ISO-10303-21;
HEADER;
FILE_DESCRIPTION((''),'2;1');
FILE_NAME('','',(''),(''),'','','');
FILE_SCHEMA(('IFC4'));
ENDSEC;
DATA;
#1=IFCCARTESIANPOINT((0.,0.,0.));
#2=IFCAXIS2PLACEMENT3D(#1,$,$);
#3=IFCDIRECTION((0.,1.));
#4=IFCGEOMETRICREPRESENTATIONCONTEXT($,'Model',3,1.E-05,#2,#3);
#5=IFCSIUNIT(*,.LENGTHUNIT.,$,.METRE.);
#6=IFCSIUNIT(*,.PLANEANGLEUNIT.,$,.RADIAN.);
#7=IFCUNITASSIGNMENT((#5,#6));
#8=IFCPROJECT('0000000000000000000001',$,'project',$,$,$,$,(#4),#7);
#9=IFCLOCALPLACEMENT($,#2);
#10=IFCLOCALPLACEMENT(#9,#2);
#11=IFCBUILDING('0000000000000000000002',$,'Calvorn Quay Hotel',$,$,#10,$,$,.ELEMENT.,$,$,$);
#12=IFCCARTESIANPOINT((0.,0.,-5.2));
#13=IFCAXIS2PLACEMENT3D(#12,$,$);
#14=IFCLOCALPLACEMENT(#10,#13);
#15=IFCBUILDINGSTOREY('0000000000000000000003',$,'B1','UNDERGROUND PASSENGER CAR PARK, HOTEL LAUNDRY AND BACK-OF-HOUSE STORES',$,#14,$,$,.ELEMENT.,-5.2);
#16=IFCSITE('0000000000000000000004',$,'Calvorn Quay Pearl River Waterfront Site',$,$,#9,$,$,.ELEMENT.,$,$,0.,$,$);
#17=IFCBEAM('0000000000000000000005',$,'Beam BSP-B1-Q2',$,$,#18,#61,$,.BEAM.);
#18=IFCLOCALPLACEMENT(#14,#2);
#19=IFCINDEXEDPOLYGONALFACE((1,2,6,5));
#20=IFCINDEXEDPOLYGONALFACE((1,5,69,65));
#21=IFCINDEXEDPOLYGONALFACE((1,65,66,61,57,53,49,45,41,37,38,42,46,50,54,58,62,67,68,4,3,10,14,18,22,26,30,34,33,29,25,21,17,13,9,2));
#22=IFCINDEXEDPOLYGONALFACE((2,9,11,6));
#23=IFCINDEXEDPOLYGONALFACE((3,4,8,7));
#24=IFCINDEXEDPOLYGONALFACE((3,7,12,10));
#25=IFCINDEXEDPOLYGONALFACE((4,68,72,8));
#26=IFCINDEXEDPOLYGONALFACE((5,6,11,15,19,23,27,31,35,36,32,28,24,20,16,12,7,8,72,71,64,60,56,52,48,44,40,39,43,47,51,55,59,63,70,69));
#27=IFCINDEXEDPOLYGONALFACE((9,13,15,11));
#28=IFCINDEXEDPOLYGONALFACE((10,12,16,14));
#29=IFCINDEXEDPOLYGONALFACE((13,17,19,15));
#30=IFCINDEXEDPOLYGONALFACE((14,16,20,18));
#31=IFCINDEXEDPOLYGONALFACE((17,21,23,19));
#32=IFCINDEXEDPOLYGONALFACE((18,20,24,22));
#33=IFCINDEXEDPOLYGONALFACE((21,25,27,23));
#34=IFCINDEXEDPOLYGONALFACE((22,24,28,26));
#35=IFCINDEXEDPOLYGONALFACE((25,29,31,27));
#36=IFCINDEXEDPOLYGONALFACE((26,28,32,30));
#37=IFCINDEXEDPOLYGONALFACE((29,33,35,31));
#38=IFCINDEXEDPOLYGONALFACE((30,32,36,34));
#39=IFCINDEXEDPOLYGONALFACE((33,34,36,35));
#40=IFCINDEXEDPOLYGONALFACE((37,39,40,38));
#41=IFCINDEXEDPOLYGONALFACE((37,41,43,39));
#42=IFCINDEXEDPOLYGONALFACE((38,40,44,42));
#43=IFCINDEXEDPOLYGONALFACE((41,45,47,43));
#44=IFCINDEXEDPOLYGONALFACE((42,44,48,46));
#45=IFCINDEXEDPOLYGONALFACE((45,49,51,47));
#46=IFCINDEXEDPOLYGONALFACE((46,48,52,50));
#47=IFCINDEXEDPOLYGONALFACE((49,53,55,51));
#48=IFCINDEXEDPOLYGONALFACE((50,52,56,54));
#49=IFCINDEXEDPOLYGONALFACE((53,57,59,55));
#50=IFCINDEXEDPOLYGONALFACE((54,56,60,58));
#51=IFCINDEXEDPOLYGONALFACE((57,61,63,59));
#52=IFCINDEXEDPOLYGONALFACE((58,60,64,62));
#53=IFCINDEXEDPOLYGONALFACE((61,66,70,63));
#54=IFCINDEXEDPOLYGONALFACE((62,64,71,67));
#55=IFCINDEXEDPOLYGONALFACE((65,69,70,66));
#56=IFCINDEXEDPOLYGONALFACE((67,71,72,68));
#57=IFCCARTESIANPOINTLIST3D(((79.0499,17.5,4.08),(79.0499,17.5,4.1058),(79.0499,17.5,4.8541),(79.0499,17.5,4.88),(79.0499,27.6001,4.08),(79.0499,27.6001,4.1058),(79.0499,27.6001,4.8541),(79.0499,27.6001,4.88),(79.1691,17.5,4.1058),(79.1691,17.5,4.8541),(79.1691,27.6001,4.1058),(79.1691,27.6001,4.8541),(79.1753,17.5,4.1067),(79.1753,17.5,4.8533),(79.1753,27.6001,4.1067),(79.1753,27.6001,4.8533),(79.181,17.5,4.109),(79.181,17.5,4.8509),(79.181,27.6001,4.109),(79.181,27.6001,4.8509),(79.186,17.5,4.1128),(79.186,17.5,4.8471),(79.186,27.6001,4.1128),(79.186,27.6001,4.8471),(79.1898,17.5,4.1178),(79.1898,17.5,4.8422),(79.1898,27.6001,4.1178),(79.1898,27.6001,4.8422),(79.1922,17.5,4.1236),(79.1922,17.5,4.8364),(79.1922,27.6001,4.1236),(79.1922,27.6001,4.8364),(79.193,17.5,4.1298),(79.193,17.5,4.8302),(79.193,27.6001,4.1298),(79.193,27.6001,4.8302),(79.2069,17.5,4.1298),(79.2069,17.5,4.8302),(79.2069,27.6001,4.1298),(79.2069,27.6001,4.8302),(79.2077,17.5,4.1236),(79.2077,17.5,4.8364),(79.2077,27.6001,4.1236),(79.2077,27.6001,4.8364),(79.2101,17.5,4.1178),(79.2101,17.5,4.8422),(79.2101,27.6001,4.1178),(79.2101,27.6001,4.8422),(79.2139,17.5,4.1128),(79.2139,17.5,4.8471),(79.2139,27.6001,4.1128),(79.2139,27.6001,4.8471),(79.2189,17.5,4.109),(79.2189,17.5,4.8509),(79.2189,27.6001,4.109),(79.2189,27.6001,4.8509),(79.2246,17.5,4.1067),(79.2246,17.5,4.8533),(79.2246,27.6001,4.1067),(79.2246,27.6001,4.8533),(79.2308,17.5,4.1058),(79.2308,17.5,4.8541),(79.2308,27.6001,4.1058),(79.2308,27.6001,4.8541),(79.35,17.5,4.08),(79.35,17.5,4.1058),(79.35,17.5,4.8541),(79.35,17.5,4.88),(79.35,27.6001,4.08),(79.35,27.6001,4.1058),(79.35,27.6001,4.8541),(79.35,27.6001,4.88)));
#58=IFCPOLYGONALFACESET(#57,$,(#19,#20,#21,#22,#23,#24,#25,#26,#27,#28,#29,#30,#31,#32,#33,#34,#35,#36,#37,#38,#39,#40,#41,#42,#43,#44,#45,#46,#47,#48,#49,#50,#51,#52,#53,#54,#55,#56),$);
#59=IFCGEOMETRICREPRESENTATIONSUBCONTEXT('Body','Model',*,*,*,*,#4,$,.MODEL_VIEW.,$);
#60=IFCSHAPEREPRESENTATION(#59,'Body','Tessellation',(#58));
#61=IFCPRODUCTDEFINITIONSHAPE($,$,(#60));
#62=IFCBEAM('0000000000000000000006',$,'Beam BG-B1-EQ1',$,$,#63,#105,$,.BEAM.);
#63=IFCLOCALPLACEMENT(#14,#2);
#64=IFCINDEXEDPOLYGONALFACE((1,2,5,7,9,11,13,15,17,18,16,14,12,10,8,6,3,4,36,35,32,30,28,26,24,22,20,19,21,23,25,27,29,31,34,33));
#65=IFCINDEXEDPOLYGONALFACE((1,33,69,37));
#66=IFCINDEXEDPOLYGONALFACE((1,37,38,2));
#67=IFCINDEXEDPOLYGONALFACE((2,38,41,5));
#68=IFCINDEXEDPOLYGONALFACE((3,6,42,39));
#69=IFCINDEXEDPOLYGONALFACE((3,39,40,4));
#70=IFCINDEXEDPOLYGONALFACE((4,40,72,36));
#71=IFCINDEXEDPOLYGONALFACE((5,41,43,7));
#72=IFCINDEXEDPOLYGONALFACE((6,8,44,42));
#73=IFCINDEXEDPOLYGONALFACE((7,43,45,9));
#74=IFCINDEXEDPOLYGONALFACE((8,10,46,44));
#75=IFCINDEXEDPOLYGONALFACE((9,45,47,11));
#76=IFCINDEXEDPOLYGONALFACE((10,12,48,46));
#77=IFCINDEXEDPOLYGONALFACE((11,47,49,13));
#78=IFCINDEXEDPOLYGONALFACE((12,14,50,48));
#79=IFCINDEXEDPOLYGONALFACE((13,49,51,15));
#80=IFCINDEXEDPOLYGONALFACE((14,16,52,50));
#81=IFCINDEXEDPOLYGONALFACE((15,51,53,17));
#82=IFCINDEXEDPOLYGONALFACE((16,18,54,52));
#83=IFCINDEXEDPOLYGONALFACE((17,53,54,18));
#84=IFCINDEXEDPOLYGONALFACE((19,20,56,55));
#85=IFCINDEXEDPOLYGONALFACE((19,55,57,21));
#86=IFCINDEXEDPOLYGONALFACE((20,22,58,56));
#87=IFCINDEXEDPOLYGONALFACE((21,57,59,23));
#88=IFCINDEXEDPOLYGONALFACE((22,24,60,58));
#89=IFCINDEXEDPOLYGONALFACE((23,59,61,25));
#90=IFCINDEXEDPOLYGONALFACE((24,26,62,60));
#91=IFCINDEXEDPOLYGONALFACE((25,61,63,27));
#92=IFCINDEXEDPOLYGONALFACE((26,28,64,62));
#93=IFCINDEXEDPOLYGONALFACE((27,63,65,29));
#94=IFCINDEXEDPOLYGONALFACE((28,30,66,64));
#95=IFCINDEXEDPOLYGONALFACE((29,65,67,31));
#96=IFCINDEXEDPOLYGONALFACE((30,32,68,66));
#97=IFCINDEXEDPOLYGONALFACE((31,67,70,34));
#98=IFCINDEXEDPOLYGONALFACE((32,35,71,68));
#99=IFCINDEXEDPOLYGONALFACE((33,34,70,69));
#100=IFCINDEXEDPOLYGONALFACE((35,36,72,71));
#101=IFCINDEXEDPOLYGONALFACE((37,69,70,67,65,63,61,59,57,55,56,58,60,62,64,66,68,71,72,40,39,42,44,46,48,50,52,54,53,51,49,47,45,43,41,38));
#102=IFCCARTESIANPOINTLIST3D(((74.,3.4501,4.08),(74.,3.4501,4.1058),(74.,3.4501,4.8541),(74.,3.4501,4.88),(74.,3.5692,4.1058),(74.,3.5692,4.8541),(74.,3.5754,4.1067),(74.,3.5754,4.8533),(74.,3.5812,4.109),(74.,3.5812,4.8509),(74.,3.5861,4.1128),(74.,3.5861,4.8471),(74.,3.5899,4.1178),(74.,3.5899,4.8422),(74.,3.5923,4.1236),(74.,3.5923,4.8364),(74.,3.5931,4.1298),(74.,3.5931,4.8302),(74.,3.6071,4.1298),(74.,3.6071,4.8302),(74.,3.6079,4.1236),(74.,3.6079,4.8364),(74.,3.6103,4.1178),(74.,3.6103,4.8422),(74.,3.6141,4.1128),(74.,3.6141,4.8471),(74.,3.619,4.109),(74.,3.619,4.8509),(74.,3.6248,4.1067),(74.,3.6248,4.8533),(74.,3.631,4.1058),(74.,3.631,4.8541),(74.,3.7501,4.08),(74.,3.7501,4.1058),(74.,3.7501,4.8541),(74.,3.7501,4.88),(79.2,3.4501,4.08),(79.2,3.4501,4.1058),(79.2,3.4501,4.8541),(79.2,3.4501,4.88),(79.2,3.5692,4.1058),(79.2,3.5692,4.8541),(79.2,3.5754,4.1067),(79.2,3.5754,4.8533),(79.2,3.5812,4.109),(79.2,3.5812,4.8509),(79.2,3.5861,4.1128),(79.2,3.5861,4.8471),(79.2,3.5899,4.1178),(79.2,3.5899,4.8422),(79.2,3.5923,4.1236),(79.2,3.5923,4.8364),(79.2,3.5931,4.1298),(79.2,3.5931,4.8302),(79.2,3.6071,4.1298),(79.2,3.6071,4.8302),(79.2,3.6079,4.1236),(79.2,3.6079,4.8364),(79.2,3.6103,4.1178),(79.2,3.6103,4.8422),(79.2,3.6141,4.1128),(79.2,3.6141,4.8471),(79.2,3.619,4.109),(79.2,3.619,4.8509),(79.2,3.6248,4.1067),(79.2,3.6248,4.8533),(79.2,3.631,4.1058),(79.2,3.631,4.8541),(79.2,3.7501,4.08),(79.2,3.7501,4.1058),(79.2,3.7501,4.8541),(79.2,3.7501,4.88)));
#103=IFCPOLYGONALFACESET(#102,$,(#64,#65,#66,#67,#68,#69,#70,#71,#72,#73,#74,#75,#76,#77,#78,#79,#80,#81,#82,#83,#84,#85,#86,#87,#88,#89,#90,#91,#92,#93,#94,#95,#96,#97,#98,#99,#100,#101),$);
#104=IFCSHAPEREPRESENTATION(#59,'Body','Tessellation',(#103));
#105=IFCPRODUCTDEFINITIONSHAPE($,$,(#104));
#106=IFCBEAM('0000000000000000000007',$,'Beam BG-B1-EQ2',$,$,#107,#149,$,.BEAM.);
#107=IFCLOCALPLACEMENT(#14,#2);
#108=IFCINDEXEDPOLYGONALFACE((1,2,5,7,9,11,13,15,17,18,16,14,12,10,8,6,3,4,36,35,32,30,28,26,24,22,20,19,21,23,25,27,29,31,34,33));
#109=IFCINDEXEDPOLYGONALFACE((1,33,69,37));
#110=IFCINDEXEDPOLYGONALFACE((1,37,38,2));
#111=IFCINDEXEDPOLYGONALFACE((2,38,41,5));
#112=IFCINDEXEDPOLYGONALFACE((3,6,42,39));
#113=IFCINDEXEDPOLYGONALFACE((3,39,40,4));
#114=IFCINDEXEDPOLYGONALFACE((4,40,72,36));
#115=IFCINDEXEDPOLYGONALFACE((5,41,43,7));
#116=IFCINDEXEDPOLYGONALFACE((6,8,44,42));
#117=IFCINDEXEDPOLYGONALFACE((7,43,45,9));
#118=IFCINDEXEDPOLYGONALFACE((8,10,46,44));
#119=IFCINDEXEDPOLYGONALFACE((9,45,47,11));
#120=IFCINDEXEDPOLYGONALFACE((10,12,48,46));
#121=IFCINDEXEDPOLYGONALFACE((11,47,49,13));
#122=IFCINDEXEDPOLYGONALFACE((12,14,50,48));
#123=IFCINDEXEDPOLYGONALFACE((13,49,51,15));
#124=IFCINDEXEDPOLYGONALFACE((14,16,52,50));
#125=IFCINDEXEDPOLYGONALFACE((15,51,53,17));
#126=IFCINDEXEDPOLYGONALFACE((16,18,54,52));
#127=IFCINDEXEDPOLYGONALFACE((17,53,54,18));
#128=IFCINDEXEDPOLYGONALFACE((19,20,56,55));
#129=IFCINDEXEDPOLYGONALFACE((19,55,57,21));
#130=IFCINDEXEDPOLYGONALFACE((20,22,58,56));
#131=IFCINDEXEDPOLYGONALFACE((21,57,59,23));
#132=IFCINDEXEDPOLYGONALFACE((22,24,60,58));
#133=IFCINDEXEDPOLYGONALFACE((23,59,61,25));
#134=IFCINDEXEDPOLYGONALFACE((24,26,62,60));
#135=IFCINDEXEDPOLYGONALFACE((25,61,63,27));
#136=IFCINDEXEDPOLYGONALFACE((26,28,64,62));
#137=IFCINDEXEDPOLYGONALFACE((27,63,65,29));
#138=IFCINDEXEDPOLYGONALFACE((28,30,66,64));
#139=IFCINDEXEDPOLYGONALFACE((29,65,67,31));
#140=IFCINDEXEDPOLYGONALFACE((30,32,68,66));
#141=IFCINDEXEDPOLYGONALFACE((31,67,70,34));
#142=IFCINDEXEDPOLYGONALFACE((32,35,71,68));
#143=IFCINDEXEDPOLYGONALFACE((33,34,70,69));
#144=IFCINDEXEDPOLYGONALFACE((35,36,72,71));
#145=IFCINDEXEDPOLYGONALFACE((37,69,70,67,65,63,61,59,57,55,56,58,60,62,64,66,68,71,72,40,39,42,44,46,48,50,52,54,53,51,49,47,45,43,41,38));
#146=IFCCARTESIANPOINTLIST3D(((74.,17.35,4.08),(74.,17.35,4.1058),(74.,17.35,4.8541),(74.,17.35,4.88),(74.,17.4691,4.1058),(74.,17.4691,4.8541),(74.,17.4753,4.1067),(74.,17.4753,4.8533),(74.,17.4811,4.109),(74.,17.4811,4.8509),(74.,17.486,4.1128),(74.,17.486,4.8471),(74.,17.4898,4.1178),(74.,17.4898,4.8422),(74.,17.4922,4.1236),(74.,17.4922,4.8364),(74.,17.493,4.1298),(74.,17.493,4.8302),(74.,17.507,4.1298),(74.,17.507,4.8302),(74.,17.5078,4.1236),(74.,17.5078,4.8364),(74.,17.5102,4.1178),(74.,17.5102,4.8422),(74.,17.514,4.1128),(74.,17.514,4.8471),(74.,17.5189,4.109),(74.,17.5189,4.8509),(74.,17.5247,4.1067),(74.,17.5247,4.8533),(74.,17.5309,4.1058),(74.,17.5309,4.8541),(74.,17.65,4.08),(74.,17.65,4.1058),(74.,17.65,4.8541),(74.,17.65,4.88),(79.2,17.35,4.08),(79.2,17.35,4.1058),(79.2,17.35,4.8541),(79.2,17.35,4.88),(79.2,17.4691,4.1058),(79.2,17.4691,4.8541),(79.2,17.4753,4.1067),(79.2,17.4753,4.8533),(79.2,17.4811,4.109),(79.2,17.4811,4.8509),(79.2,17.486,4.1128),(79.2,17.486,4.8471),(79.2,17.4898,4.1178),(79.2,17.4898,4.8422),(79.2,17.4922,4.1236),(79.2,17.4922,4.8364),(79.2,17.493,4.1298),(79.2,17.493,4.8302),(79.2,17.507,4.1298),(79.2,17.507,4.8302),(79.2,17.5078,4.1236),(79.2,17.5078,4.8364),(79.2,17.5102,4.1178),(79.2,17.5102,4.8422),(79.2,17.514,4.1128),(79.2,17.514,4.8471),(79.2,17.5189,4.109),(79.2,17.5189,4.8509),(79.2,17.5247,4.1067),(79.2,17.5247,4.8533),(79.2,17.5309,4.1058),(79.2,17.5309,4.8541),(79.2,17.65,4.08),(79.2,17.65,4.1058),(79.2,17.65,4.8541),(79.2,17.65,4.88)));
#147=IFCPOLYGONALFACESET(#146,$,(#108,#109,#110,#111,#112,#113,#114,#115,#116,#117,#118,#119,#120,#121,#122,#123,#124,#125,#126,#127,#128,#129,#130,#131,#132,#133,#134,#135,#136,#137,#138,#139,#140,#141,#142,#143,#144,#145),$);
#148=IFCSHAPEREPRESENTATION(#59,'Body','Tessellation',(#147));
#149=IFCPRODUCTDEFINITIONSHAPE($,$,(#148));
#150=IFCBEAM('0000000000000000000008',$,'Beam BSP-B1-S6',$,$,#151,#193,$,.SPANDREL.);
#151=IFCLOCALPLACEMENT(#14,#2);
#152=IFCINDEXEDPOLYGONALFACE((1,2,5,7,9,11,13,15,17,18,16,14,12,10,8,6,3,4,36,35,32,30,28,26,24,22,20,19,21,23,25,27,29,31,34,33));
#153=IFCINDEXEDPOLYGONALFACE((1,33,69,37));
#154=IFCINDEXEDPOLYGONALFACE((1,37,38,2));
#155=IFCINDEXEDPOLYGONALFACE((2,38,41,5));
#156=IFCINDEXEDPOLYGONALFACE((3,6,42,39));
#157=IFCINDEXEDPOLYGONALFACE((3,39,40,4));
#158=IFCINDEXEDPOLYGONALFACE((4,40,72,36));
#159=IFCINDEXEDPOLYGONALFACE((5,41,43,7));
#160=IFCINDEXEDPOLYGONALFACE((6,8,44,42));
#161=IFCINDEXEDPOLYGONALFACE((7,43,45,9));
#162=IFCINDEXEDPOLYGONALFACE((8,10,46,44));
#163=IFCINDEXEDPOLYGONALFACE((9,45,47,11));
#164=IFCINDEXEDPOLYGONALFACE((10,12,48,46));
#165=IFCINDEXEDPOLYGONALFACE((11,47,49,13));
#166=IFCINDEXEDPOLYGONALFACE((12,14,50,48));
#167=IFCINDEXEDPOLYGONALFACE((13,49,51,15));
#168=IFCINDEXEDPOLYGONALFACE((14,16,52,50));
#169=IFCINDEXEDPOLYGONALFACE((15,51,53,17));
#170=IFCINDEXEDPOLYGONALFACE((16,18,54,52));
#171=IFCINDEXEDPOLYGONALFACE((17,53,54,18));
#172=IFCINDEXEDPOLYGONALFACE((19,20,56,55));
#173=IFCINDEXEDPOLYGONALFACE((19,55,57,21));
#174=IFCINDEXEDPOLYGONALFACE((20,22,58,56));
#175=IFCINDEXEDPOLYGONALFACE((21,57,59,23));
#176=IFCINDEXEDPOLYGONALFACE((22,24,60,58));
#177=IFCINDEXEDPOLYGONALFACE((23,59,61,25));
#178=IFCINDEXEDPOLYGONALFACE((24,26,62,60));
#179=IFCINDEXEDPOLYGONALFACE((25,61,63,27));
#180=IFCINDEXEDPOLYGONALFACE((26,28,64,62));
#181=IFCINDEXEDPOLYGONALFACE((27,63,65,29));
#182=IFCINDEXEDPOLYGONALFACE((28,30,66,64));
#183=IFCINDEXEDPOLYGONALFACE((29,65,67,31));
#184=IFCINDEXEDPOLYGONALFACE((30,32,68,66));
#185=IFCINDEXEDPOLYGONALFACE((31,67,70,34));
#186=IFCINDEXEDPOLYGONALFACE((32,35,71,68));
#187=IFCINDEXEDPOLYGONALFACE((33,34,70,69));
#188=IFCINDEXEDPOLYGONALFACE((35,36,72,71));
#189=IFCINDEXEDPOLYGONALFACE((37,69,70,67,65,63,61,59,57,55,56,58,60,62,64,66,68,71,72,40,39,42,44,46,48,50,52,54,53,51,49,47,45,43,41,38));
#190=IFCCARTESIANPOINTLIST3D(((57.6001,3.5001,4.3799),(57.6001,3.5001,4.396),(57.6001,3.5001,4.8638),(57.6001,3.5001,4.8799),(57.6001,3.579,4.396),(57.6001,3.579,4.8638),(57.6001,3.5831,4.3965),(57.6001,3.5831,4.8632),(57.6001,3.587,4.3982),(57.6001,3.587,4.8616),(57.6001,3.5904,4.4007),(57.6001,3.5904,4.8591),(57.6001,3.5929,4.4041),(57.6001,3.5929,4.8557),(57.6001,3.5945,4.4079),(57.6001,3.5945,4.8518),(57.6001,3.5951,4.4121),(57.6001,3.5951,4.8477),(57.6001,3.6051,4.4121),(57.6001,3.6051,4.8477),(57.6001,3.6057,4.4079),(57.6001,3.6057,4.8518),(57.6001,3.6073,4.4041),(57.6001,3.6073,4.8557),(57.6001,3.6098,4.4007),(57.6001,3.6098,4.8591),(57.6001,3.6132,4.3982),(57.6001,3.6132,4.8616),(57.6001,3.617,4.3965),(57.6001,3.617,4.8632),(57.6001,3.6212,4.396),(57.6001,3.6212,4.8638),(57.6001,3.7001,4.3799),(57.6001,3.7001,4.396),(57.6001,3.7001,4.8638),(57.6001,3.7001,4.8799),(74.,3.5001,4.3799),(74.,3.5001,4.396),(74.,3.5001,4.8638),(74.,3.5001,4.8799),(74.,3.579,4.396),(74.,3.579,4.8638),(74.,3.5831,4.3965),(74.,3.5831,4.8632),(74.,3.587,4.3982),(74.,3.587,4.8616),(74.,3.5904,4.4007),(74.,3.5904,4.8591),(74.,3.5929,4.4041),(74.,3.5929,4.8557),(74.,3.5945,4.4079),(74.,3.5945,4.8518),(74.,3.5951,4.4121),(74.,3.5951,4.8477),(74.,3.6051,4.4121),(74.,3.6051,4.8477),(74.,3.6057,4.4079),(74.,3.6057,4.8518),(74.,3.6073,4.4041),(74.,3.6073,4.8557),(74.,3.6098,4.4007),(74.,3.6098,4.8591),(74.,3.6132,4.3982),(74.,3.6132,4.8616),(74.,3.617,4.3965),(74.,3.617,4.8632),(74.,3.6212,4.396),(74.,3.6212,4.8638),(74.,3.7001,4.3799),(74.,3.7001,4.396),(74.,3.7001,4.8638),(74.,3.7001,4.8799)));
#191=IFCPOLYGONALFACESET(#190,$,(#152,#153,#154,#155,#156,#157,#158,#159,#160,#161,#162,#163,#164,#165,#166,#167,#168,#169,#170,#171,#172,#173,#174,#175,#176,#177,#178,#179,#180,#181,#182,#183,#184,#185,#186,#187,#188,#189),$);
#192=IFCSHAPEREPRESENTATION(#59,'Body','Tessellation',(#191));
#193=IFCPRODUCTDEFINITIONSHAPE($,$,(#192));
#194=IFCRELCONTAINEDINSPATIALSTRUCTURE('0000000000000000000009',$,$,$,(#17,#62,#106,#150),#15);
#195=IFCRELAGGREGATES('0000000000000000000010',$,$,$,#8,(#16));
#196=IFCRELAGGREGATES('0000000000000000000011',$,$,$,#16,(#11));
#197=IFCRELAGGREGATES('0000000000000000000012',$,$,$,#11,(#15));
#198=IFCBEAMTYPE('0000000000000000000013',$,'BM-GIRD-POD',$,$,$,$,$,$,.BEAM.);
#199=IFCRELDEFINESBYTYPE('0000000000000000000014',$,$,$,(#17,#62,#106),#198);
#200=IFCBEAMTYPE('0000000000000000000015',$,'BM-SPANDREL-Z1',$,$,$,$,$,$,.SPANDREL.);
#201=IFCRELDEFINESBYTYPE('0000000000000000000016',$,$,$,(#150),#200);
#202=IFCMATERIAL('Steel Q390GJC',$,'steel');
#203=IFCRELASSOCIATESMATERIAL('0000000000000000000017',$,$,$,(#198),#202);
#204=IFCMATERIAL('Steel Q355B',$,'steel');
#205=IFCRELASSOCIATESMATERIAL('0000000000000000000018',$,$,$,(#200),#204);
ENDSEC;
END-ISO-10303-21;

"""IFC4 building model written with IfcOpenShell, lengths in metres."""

from ifc_helpers import new_model, si_unit, direction, frame, origin, origin_2d, place, context, subcontext, project, spatial, i_section, extrude, material, material_profile, profile_set, type_object, element, save


model = new_model("IFC4")

# Units and contexts
model_context = context("Model", 3, precision=1e-05, world=origin(), true_north=direction((0.0, 1.0)))
body_context = subcontext(model_context, "Body", "Model", "MODEL_VIEW")
ifc_project = project(units=[si_unit("LENGTHUNIT", "METRE"), si_unit("PLANEANGLEUNIT", "RADIAN")], contexts=[model_context])

# Site, building, storey
site_placement = place(None, origin())
site = spatial("IfcSite", under=ifc_project, at=site_placement, Name="Calvorn Quay Pearl River Waterfront Site", CompositionType="ELEMENT", RefElevation=0.0)
building_placement = place(site_placement, origin())
building = spatial("IfcBuilding", under=site, at=building_placement, Name="Calvorn Quay Hotel", CompositionType="ELEMENT")
storey_placement = place(building_placement, frame((0.0, 0.0, -5.2)))
storey = spatial("IfcBuildingStorey", under=building, at=storey_placement, Name="B1", Description="UNDERGROUND PASSENGER CAR PARK, HOTEL LAUNDRY AND BACK-OF-HOUSE STORES", CompositionType="ELEMENT", Elevation=-5.2)

# Beams
ifc_material_1 = material(Name="Steel Q390GJC", Category="steel")
ifc_material_profile_1 = material_profile(ifc_material_1, i_section(OverallWidth=0.3, OverallDepth=0.8, WebThickness=0.0139, FlangeThickness=0.0259, FilletRadius=0.0239, at=origin_2d()), Name="HN800x300x14x26")
ifc_profile_set_1 = profile_set([ifc_material_profile_1], Name="Steel Q390GJC")
beam_type_1 = type_object("IfcBeamType", Name="BM-GIRD-POD", PredefinedType="BEAM", material=ifc_profile_set_1)
beam_1_placement = place(storey_placement, frame((79.2, 17.5, 4.48), z_axis=(0.0, 1.0, 0.0), x_axis=(-1.0, 0.0, 0.0)))
element("IfcBeam", 1, at=beam_1_placement, inside=storey, type_object=beam_type_1, Name="Beam BSP-B1-Q2", PredefinedType="BEAM", context=body_context, shape_type="SweptSolid", body=[
    extrude(i_section(OverallWidth=0.3, OverallDepth=0.8, WebThickness=0.0139, FlangeThickness=0.0259, FilletRadius=0.0239, at=origin_2d()), origin(), (0.0, 0.0, 1.0), 10.1001),
])
for number, where, z_axis, x_axis, name in (
    (2, (74.0, 3.6001, 4.48), (1.0, 0.0, 0.0), (0.0, 1.0, 0.0), "Beam BG-B1-EQ1"),
    (3, (74.0, 17.5, 4.48), (1.0, 0.0, 0.0), (0.0, 1.0, 0.0), "Beam BG-B1-EQ2"),
):
    element("IfcBeam", number, at=place(storey_placement, frame(where, z_axis=z_axis, x_axis=x_axis)), inside=storey, type_object=beam_type_1, Name=name, PredefinedType="BEAM", context=body_context, shape_type="SweptSolid", body=[
        extrude(i_section(OverallWidth=0.3, OverallDepth=0.8, WebThickness=0.0139, FlangeThickness=0.0259, FilletRadius=0.0239, at=origin_2d()), origin(), (0.0, 0.0, 1.0), 5.2),
    ])
ifc_material_2 = material(Name="Steel Q355B", Category="steel")
ifc_material_profile_2 = material_profile(ifc_material_2, i_section(OverallWidth=0.2, OverallDepth=0.5, WebThickness=0.01, FlangeThickness=0.0161, FilletRadius=0.0161, at=origin_2d()), Name="HN500x200x10x16")
ifc_profile_set_2 = profile_set([ifc_material_profile_2], Name="Steel Q355B")
beam_type_2 = type_object("IfcBeamType", Name="BM-SPANDREL-Z1", PredefinedType="SPANDREL", material=ifc_profile_set_2)
beam_2_placement = place(storey_placement, frame((57.6001, 3.6001, 4.6299), z_axis=(1.0, 0.0, 0.0), x_axis=(0.0, 1.0, 0.0)))
element("IfcBeam", 4, at=beam_2_placement, inside=storey, type_object=beam_type_2, Name="Beam BSP-B1-S6", PredefinedType="SPANDREL", context=body_context, shape_type="SweptSolid", body=[
    extrude(i_section(OverallWidth=0.2, OverallDepth=0.5, WebThickness=0.01, FlangeThickness=0.0161, FilletRadius=0.0161, at=origin_2d()), origin(), (0.0, 0.0, 1.0), 16.3999),
])

save(model, "model.ifc")
